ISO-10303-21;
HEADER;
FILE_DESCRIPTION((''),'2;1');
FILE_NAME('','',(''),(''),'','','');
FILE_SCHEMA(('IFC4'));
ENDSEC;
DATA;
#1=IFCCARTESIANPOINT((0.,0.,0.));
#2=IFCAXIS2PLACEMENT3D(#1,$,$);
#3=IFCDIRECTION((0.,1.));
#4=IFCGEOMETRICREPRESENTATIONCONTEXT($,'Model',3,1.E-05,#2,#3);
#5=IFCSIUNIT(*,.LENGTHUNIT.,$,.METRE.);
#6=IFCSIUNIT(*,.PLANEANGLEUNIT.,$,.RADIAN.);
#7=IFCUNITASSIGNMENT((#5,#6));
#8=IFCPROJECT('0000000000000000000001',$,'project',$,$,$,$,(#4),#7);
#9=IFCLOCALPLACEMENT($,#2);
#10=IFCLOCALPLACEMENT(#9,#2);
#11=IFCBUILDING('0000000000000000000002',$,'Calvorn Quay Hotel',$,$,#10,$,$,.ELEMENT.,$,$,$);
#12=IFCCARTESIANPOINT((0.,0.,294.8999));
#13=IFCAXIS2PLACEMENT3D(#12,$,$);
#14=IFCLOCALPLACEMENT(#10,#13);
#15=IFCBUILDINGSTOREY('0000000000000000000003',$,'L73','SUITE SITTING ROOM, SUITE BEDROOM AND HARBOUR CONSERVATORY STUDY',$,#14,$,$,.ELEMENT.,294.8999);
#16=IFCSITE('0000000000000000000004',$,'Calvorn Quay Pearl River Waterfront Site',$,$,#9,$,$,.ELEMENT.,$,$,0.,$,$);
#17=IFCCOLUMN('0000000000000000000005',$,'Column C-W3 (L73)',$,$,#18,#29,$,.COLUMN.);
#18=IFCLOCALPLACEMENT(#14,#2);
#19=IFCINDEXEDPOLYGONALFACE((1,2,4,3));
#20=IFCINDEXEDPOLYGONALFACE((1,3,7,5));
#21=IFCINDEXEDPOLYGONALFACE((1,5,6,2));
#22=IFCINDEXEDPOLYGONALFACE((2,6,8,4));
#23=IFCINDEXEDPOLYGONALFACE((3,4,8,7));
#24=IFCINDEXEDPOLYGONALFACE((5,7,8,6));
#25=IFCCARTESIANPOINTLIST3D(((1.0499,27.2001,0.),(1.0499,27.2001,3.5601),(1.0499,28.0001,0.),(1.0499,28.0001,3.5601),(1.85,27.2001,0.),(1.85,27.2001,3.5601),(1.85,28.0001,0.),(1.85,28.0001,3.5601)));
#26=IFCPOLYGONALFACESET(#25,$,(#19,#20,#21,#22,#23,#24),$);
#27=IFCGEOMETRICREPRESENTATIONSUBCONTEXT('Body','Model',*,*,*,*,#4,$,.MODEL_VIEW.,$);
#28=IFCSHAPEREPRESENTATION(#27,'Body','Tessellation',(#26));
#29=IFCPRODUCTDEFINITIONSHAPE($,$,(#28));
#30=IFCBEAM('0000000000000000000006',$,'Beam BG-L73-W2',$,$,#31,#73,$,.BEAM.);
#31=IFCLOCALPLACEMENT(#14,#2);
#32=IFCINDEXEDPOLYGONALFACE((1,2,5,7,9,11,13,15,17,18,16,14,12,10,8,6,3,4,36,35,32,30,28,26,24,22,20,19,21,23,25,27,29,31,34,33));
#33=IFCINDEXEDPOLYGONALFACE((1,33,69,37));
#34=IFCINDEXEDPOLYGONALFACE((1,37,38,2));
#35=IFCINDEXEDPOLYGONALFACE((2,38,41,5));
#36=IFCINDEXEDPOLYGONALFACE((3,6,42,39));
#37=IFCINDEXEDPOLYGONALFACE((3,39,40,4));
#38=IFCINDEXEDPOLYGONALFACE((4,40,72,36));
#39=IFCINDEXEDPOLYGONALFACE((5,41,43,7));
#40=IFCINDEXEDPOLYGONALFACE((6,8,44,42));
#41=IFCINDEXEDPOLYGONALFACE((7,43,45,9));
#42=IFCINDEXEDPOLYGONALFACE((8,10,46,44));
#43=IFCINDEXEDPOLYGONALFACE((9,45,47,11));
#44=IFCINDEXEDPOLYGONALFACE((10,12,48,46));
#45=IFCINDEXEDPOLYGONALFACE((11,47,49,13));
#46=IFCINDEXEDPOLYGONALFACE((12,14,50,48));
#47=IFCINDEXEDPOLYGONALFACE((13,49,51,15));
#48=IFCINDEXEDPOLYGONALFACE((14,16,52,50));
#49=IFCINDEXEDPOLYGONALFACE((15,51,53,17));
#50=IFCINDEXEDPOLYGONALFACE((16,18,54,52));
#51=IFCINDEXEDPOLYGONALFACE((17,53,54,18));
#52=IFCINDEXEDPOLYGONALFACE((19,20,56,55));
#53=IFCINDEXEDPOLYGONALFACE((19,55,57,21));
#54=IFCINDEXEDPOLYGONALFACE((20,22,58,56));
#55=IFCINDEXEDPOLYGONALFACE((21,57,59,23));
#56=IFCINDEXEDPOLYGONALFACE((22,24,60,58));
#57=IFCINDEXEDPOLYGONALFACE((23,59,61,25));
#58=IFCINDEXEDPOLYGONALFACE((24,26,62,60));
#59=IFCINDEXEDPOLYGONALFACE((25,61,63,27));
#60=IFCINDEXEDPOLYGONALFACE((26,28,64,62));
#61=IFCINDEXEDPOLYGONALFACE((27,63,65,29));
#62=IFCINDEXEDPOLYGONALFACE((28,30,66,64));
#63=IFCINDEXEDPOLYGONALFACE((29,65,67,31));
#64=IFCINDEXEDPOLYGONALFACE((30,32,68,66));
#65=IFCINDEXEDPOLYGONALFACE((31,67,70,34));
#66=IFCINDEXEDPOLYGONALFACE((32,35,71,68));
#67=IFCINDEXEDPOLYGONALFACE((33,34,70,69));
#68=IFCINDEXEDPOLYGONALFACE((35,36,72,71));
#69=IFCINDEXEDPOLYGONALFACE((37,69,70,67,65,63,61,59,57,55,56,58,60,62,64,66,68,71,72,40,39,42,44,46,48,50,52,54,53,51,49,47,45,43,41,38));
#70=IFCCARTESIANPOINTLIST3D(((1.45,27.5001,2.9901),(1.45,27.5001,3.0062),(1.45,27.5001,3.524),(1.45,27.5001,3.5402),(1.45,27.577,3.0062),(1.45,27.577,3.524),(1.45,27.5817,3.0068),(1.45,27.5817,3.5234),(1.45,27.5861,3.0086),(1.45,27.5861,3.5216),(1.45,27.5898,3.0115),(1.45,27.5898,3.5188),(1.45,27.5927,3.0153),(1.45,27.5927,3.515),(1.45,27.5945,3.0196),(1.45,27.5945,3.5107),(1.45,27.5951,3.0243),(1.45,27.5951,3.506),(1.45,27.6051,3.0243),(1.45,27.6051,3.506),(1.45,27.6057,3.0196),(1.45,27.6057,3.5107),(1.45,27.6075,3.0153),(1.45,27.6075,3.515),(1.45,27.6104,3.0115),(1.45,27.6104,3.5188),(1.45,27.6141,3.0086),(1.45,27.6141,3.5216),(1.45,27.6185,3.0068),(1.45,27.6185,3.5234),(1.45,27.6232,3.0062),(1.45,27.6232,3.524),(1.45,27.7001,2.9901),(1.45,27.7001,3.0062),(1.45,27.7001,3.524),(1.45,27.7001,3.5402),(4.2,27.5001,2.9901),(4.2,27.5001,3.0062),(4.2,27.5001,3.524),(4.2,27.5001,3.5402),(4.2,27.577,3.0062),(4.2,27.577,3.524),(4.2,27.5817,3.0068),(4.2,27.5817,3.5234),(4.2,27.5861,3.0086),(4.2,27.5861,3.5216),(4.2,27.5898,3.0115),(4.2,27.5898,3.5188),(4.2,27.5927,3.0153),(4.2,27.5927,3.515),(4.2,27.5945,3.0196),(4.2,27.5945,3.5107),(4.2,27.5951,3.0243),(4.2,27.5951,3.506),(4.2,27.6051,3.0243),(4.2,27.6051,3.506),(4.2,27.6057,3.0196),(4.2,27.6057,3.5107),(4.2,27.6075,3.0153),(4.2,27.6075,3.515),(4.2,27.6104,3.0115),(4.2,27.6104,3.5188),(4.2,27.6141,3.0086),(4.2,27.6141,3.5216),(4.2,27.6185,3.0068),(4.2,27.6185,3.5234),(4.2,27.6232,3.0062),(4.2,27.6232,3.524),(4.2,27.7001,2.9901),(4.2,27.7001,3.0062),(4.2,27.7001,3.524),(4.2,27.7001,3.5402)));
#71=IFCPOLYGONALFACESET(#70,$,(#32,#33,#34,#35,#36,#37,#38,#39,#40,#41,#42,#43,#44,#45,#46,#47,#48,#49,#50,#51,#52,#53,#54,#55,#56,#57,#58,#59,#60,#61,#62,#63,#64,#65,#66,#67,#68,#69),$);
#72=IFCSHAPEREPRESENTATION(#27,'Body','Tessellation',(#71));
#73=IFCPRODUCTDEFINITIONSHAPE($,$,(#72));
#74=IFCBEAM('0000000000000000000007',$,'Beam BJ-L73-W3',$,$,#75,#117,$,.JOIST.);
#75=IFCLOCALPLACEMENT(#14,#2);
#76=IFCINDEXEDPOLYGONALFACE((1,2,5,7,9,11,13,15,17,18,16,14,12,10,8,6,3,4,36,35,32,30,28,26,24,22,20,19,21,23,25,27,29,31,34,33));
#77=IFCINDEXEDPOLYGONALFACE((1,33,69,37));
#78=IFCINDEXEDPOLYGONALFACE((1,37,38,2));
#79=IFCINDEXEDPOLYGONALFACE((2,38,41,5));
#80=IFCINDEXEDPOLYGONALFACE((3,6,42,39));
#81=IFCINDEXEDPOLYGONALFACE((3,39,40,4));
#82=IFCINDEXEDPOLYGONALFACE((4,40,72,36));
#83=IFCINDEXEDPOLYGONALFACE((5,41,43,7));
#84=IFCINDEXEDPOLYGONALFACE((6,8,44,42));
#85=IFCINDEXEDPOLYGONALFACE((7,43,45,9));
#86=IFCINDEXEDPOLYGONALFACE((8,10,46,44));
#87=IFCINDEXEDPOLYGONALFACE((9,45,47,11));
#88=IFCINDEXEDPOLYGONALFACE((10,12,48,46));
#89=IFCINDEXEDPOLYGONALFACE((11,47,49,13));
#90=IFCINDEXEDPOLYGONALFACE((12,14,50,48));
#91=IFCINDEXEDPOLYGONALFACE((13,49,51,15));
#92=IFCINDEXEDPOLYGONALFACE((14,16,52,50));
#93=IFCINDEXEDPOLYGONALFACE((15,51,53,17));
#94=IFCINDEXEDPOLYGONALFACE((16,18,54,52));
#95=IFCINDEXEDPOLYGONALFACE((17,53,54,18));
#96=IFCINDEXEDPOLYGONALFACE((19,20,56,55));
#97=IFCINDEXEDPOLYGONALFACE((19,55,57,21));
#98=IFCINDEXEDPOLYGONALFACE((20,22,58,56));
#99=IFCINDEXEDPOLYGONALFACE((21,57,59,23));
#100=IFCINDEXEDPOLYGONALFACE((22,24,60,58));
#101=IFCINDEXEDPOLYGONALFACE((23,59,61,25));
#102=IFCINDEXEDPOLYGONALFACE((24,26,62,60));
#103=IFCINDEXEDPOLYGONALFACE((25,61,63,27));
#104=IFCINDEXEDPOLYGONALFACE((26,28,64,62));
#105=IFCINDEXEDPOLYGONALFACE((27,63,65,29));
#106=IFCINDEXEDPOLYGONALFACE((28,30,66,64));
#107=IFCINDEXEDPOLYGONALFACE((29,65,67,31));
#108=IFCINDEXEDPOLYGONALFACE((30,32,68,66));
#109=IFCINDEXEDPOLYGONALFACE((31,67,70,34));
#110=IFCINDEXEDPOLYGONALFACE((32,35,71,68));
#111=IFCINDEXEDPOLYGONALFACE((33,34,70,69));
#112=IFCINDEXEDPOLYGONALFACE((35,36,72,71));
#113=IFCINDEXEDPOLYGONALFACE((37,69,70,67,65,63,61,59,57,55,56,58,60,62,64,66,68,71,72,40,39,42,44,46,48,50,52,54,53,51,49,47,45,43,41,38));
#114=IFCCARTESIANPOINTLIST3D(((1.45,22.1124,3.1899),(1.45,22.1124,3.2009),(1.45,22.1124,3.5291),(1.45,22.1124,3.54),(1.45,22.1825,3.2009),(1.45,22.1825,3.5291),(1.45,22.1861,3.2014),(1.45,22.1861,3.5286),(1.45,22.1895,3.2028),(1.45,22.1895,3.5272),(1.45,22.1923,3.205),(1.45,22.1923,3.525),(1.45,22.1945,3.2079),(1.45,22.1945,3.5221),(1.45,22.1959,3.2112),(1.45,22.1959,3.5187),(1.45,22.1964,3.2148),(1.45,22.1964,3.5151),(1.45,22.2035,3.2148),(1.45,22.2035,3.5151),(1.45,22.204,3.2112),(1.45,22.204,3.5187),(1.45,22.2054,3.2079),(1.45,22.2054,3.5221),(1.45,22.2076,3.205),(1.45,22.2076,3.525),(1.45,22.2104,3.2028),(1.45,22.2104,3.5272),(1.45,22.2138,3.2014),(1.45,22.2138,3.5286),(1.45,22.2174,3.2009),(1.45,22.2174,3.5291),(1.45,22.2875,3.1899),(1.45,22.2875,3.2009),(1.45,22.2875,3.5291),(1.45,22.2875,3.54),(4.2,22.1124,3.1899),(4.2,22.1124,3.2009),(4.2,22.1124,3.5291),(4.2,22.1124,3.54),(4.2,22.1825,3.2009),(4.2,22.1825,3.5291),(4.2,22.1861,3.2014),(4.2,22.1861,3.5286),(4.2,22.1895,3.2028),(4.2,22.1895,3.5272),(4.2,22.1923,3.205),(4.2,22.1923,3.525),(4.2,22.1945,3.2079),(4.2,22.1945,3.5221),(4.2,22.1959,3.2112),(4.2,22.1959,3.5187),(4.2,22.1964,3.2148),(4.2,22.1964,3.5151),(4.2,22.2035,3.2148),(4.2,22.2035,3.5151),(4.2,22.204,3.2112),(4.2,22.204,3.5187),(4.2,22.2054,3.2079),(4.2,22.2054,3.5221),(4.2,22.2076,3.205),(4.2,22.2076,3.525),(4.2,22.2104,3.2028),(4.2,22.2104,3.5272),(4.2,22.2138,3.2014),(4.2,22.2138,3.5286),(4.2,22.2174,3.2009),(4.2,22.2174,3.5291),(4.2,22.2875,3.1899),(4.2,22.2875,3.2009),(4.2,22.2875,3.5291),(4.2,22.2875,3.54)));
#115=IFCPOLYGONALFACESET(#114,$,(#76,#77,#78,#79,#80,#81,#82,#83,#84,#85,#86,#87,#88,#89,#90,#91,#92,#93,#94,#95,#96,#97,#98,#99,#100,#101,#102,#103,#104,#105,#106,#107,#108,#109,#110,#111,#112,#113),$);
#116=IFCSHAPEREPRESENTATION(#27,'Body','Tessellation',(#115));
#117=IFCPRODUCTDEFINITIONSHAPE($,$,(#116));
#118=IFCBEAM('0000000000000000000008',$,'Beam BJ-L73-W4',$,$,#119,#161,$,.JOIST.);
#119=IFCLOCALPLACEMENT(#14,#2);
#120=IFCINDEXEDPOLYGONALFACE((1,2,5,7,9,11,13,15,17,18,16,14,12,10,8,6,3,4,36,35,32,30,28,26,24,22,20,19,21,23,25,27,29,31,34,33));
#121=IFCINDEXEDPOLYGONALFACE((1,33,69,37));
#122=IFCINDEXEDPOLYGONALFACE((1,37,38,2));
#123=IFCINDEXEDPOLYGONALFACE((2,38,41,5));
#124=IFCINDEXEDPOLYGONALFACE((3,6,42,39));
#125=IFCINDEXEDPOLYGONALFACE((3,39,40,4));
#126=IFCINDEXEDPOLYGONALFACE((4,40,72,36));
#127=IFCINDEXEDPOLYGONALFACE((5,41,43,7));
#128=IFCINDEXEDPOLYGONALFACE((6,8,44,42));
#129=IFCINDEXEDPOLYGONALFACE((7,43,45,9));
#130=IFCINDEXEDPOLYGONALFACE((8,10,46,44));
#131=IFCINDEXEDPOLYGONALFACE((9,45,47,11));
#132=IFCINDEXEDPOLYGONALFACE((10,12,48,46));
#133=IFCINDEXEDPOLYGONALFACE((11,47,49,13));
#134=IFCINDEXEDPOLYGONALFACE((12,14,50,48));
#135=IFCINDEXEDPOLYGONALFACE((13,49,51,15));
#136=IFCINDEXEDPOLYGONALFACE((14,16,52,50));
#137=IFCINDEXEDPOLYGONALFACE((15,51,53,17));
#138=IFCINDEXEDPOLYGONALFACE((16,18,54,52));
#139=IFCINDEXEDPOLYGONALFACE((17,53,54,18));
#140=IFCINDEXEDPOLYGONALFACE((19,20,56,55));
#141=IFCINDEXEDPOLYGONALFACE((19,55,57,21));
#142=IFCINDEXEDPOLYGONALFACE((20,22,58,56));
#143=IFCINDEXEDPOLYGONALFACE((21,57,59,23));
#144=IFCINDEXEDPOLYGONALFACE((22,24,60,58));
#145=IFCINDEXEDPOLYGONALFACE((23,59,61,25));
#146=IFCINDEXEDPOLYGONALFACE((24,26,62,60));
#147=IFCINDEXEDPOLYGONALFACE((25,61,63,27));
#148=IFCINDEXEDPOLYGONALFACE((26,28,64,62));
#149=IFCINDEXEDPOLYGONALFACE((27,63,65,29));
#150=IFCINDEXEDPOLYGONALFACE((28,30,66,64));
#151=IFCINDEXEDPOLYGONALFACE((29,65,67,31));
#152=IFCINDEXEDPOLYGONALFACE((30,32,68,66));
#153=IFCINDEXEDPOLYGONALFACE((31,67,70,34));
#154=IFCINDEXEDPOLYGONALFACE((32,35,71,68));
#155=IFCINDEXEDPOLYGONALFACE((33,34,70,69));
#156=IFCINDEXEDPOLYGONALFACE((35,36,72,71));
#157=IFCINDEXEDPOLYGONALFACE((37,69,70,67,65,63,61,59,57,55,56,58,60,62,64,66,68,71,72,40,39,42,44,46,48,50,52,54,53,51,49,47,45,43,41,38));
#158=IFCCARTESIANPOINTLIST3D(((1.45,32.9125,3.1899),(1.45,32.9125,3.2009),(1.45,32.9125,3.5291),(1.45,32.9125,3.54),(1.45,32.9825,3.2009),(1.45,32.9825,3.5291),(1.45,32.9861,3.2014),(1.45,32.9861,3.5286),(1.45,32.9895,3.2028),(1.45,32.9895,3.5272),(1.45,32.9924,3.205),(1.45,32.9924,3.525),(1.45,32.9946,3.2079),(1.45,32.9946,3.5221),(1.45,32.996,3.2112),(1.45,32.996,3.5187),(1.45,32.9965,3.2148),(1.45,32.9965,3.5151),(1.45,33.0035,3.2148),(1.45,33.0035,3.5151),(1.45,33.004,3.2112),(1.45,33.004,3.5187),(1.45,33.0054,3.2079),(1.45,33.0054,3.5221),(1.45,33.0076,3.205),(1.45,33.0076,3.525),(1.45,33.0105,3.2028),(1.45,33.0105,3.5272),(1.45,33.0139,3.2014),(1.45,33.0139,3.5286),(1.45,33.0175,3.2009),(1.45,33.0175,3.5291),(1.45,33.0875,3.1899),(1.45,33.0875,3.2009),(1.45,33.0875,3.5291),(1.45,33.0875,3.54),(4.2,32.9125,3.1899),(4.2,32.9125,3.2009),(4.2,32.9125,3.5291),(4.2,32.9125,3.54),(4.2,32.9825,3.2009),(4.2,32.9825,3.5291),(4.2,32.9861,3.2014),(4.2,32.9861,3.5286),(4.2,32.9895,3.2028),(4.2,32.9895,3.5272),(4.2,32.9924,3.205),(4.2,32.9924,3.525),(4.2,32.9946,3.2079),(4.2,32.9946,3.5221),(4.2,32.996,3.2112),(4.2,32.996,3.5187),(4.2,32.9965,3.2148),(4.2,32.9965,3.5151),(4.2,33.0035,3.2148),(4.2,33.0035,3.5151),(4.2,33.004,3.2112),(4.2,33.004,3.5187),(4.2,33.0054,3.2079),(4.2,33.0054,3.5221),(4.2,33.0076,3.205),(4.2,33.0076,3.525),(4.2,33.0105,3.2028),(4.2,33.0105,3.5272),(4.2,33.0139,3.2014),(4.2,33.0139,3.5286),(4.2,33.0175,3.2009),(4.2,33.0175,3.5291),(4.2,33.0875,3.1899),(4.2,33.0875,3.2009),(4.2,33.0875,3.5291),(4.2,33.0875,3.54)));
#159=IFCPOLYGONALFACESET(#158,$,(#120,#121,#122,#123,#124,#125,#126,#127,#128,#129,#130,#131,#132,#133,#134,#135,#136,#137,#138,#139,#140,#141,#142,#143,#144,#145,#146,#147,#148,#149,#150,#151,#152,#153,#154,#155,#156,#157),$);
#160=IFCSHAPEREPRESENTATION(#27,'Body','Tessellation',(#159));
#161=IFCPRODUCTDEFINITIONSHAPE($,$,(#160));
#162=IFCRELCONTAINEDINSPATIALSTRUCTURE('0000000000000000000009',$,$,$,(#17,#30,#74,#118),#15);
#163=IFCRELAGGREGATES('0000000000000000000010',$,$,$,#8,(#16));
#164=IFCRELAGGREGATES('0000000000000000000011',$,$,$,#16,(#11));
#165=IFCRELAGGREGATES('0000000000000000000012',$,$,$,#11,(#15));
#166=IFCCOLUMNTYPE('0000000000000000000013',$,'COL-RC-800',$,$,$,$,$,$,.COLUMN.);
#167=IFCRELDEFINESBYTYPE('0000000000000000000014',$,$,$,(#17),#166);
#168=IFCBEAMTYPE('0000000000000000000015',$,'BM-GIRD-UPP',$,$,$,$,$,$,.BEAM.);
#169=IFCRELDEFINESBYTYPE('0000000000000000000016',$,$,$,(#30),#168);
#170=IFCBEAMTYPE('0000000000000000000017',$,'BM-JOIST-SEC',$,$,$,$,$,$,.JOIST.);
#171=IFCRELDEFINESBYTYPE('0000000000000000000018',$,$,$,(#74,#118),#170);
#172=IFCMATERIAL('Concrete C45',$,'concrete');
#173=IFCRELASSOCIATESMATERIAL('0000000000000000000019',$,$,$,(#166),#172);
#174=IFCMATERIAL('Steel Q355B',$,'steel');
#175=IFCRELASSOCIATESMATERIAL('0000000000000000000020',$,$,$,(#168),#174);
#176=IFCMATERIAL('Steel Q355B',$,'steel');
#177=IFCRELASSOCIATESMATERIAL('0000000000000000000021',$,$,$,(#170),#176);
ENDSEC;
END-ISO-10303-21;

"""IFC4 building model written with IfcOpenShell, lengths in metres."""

from ifc_helpers import new_model, si_unit, direction, frame, origin, origin_2d, place, context, subcontext, project, spatial, rectangle, i_section, extrude, material, material_profile, profile_set, type_object, element, save


model = new_model("IFC4")

# Units and contexts
model_context = context("Model", 3, precision=1e-05, world=origin(), true_north=direction((0.0, 1.0)))
body_context = subcontext(model_context, "Body", "Model", "MODEL_VIEW")
ifc_project = project(units=[si_unit("LENGTHUNIT", "METRE"), si_unit("PLANEANGLEUNIT", "RADIAN")], contexts=[model_context])

# Site, building, storey
site_placement = place(None, origin())
site = spatial("IfcSite", under=ifc_project, at=site_placement, Name="Calvorn Quay Pearl River Waterfront Site", CompositionType="ELEMENT", RefElevation=0.0)
building_placement = place(site_placement, origin())
building = spatial("IfcBuilding", under=site, at=building_placement, Name="Calvorn Quay Hotel", CompositionType="ELEMENT")
storey_placement = place(building_placement, frame((0.0, 0.0, 294.8999)))
storey = spatial("IfcBuildingStorey", under=building, at=storey_placement, Name="L73", Description="SUITE SITTING ROOM, SUITE BEDROOM AND HARBOUR CONSERVATORY STUDY", CompositionType="ELEMENT", Elevation=294.8999)

# Column
ifc_material_1 = material(Name="Concrete C45", Category="concrete")
ifc_material_profile_1 = material_profile(ifc_material_1, rectangle(XDim=0.8, YDim=0.8, at=origin_2d()), Name="RC800x800")
ifc_profile_set_1 = profile_set([ifc_material_profile_1], Name="Concrete C45")
column_type = type_object("IfcColumnType", Name="COL-RC-800", PredefinedType="COLUMN", material=ifc_profile_set_1)
column_placement = place(storey_placement, frame((1.45, 27.6001, 0.0), z_axis=(0.0, 0.0, 1.0), x_axis=(1.0, 0.0, 0.0)))
element("IfcColumn", 1, at=column_placement, inside=storey, type_object=column_type, Name="Column C-W3 (L73)", PredefinedType="COLUMN", context=body_context, shape_type="SweptSolid", body=[
    extrude(rectangle(XDim=0.8, YDim=0.8, at=origin_2d()), origin(), (0.0, 0.0, 1.0), 3.5601),
])

# Beams
ifc_material_2 = material(Name="Steel Q355B", Category="steel")
ifc_material_profile_2 = material_profile(ifc_material_2, i_section(OverallWidth=0.2, OverallDepth=0.55, WebThickness=0.01, FlangeThickness=0.0161, FilletRadius=0.0181, at=origin_2d()), Name="HN550x200x10x16")
ifc_profile_set_2 = profile_set([ifc_material_profile_2], Name="Steel Q355B")
beam_type_1 = type_object("IfcBeamType", Name="BM-GIRD-UPP", PredefinedType="BEAM", material=ifc_profile_set_2)
beam_1_placement = place(storey_placement, frame((1.45, 27.6001, 3.2651), z_axis=(1.0, 0.0, 0.0), x_axis=(0.0, 1.0, 0.0)))
element("IfcBeam", 2, at=beam_1_placement, inside=storey, type_object=beam_type_1, Name="Beam BG-L73-W2", PredefinedType="BEAM", context=body_context, shape_type="SweptSolid", body=[
    extrude(i_section(OverallWidth=0.2, OverallDepth=0.55, WebThickness=0.01, FlangeThickness=0.0161, FilletRadius=0.0181, at=origin_2d()), origin(), (0.0, 0.0, 1.0), 2.75),
])
ifc_material_3 = material(Name="Steel Q355B", Category="steel")
ifc_material_profile_3 = material_profile(ifc_material_3, i_section(OverallWidth=0.175, OverallDepth=0.3501, WebThickness=0.0071, FlangeThickness=0.011, FilletRadius=0.0139, at=origin_2d()), Name="HN350x175x7x11")
ifc_profile_set_3 = profile_set([ifc_material_profile_3], Name="Steel Q355B")
beam_type_2 = type_object("IfcBeamType", Name="BM-JOIST-SEC", PredefinedType="JOIST", material=ifc_profile_set_3)
for number, where, z_axis, x_axis, name in (
    (3, (1.45, 22.2, 3.365), (1.0, 0.0, 0.0), (0.0, 1.0, 0.0), "Beam BJ-L73-W3"),
    (4, (1.45, 33.0, 3.365), (1.0, 0.0, 0.0), (0.0, 1.0, 0.0), "Beam BJ-L73-W4"),
):
    element("IfcBeam", number, at=place(storey_placement, frame(where, z_axis=z_axis, x_axis=x_axis)), inside=storey, type_object=beam_type_2, Name=name, PredefinedType="JOIST", context=body_context, shape_type="SweptSolid", body=[
        extrude(i_section(OverallWidth=0.175, OverallDepth=0.3501, WebThickness=0.0071, FlangeThickness=0.011, FilletRadius=0.0139, at=origin_2d()), origin(), (0.0, 0.0, 1.0), 2.75),
    ])

save(model, "model.ifc")
